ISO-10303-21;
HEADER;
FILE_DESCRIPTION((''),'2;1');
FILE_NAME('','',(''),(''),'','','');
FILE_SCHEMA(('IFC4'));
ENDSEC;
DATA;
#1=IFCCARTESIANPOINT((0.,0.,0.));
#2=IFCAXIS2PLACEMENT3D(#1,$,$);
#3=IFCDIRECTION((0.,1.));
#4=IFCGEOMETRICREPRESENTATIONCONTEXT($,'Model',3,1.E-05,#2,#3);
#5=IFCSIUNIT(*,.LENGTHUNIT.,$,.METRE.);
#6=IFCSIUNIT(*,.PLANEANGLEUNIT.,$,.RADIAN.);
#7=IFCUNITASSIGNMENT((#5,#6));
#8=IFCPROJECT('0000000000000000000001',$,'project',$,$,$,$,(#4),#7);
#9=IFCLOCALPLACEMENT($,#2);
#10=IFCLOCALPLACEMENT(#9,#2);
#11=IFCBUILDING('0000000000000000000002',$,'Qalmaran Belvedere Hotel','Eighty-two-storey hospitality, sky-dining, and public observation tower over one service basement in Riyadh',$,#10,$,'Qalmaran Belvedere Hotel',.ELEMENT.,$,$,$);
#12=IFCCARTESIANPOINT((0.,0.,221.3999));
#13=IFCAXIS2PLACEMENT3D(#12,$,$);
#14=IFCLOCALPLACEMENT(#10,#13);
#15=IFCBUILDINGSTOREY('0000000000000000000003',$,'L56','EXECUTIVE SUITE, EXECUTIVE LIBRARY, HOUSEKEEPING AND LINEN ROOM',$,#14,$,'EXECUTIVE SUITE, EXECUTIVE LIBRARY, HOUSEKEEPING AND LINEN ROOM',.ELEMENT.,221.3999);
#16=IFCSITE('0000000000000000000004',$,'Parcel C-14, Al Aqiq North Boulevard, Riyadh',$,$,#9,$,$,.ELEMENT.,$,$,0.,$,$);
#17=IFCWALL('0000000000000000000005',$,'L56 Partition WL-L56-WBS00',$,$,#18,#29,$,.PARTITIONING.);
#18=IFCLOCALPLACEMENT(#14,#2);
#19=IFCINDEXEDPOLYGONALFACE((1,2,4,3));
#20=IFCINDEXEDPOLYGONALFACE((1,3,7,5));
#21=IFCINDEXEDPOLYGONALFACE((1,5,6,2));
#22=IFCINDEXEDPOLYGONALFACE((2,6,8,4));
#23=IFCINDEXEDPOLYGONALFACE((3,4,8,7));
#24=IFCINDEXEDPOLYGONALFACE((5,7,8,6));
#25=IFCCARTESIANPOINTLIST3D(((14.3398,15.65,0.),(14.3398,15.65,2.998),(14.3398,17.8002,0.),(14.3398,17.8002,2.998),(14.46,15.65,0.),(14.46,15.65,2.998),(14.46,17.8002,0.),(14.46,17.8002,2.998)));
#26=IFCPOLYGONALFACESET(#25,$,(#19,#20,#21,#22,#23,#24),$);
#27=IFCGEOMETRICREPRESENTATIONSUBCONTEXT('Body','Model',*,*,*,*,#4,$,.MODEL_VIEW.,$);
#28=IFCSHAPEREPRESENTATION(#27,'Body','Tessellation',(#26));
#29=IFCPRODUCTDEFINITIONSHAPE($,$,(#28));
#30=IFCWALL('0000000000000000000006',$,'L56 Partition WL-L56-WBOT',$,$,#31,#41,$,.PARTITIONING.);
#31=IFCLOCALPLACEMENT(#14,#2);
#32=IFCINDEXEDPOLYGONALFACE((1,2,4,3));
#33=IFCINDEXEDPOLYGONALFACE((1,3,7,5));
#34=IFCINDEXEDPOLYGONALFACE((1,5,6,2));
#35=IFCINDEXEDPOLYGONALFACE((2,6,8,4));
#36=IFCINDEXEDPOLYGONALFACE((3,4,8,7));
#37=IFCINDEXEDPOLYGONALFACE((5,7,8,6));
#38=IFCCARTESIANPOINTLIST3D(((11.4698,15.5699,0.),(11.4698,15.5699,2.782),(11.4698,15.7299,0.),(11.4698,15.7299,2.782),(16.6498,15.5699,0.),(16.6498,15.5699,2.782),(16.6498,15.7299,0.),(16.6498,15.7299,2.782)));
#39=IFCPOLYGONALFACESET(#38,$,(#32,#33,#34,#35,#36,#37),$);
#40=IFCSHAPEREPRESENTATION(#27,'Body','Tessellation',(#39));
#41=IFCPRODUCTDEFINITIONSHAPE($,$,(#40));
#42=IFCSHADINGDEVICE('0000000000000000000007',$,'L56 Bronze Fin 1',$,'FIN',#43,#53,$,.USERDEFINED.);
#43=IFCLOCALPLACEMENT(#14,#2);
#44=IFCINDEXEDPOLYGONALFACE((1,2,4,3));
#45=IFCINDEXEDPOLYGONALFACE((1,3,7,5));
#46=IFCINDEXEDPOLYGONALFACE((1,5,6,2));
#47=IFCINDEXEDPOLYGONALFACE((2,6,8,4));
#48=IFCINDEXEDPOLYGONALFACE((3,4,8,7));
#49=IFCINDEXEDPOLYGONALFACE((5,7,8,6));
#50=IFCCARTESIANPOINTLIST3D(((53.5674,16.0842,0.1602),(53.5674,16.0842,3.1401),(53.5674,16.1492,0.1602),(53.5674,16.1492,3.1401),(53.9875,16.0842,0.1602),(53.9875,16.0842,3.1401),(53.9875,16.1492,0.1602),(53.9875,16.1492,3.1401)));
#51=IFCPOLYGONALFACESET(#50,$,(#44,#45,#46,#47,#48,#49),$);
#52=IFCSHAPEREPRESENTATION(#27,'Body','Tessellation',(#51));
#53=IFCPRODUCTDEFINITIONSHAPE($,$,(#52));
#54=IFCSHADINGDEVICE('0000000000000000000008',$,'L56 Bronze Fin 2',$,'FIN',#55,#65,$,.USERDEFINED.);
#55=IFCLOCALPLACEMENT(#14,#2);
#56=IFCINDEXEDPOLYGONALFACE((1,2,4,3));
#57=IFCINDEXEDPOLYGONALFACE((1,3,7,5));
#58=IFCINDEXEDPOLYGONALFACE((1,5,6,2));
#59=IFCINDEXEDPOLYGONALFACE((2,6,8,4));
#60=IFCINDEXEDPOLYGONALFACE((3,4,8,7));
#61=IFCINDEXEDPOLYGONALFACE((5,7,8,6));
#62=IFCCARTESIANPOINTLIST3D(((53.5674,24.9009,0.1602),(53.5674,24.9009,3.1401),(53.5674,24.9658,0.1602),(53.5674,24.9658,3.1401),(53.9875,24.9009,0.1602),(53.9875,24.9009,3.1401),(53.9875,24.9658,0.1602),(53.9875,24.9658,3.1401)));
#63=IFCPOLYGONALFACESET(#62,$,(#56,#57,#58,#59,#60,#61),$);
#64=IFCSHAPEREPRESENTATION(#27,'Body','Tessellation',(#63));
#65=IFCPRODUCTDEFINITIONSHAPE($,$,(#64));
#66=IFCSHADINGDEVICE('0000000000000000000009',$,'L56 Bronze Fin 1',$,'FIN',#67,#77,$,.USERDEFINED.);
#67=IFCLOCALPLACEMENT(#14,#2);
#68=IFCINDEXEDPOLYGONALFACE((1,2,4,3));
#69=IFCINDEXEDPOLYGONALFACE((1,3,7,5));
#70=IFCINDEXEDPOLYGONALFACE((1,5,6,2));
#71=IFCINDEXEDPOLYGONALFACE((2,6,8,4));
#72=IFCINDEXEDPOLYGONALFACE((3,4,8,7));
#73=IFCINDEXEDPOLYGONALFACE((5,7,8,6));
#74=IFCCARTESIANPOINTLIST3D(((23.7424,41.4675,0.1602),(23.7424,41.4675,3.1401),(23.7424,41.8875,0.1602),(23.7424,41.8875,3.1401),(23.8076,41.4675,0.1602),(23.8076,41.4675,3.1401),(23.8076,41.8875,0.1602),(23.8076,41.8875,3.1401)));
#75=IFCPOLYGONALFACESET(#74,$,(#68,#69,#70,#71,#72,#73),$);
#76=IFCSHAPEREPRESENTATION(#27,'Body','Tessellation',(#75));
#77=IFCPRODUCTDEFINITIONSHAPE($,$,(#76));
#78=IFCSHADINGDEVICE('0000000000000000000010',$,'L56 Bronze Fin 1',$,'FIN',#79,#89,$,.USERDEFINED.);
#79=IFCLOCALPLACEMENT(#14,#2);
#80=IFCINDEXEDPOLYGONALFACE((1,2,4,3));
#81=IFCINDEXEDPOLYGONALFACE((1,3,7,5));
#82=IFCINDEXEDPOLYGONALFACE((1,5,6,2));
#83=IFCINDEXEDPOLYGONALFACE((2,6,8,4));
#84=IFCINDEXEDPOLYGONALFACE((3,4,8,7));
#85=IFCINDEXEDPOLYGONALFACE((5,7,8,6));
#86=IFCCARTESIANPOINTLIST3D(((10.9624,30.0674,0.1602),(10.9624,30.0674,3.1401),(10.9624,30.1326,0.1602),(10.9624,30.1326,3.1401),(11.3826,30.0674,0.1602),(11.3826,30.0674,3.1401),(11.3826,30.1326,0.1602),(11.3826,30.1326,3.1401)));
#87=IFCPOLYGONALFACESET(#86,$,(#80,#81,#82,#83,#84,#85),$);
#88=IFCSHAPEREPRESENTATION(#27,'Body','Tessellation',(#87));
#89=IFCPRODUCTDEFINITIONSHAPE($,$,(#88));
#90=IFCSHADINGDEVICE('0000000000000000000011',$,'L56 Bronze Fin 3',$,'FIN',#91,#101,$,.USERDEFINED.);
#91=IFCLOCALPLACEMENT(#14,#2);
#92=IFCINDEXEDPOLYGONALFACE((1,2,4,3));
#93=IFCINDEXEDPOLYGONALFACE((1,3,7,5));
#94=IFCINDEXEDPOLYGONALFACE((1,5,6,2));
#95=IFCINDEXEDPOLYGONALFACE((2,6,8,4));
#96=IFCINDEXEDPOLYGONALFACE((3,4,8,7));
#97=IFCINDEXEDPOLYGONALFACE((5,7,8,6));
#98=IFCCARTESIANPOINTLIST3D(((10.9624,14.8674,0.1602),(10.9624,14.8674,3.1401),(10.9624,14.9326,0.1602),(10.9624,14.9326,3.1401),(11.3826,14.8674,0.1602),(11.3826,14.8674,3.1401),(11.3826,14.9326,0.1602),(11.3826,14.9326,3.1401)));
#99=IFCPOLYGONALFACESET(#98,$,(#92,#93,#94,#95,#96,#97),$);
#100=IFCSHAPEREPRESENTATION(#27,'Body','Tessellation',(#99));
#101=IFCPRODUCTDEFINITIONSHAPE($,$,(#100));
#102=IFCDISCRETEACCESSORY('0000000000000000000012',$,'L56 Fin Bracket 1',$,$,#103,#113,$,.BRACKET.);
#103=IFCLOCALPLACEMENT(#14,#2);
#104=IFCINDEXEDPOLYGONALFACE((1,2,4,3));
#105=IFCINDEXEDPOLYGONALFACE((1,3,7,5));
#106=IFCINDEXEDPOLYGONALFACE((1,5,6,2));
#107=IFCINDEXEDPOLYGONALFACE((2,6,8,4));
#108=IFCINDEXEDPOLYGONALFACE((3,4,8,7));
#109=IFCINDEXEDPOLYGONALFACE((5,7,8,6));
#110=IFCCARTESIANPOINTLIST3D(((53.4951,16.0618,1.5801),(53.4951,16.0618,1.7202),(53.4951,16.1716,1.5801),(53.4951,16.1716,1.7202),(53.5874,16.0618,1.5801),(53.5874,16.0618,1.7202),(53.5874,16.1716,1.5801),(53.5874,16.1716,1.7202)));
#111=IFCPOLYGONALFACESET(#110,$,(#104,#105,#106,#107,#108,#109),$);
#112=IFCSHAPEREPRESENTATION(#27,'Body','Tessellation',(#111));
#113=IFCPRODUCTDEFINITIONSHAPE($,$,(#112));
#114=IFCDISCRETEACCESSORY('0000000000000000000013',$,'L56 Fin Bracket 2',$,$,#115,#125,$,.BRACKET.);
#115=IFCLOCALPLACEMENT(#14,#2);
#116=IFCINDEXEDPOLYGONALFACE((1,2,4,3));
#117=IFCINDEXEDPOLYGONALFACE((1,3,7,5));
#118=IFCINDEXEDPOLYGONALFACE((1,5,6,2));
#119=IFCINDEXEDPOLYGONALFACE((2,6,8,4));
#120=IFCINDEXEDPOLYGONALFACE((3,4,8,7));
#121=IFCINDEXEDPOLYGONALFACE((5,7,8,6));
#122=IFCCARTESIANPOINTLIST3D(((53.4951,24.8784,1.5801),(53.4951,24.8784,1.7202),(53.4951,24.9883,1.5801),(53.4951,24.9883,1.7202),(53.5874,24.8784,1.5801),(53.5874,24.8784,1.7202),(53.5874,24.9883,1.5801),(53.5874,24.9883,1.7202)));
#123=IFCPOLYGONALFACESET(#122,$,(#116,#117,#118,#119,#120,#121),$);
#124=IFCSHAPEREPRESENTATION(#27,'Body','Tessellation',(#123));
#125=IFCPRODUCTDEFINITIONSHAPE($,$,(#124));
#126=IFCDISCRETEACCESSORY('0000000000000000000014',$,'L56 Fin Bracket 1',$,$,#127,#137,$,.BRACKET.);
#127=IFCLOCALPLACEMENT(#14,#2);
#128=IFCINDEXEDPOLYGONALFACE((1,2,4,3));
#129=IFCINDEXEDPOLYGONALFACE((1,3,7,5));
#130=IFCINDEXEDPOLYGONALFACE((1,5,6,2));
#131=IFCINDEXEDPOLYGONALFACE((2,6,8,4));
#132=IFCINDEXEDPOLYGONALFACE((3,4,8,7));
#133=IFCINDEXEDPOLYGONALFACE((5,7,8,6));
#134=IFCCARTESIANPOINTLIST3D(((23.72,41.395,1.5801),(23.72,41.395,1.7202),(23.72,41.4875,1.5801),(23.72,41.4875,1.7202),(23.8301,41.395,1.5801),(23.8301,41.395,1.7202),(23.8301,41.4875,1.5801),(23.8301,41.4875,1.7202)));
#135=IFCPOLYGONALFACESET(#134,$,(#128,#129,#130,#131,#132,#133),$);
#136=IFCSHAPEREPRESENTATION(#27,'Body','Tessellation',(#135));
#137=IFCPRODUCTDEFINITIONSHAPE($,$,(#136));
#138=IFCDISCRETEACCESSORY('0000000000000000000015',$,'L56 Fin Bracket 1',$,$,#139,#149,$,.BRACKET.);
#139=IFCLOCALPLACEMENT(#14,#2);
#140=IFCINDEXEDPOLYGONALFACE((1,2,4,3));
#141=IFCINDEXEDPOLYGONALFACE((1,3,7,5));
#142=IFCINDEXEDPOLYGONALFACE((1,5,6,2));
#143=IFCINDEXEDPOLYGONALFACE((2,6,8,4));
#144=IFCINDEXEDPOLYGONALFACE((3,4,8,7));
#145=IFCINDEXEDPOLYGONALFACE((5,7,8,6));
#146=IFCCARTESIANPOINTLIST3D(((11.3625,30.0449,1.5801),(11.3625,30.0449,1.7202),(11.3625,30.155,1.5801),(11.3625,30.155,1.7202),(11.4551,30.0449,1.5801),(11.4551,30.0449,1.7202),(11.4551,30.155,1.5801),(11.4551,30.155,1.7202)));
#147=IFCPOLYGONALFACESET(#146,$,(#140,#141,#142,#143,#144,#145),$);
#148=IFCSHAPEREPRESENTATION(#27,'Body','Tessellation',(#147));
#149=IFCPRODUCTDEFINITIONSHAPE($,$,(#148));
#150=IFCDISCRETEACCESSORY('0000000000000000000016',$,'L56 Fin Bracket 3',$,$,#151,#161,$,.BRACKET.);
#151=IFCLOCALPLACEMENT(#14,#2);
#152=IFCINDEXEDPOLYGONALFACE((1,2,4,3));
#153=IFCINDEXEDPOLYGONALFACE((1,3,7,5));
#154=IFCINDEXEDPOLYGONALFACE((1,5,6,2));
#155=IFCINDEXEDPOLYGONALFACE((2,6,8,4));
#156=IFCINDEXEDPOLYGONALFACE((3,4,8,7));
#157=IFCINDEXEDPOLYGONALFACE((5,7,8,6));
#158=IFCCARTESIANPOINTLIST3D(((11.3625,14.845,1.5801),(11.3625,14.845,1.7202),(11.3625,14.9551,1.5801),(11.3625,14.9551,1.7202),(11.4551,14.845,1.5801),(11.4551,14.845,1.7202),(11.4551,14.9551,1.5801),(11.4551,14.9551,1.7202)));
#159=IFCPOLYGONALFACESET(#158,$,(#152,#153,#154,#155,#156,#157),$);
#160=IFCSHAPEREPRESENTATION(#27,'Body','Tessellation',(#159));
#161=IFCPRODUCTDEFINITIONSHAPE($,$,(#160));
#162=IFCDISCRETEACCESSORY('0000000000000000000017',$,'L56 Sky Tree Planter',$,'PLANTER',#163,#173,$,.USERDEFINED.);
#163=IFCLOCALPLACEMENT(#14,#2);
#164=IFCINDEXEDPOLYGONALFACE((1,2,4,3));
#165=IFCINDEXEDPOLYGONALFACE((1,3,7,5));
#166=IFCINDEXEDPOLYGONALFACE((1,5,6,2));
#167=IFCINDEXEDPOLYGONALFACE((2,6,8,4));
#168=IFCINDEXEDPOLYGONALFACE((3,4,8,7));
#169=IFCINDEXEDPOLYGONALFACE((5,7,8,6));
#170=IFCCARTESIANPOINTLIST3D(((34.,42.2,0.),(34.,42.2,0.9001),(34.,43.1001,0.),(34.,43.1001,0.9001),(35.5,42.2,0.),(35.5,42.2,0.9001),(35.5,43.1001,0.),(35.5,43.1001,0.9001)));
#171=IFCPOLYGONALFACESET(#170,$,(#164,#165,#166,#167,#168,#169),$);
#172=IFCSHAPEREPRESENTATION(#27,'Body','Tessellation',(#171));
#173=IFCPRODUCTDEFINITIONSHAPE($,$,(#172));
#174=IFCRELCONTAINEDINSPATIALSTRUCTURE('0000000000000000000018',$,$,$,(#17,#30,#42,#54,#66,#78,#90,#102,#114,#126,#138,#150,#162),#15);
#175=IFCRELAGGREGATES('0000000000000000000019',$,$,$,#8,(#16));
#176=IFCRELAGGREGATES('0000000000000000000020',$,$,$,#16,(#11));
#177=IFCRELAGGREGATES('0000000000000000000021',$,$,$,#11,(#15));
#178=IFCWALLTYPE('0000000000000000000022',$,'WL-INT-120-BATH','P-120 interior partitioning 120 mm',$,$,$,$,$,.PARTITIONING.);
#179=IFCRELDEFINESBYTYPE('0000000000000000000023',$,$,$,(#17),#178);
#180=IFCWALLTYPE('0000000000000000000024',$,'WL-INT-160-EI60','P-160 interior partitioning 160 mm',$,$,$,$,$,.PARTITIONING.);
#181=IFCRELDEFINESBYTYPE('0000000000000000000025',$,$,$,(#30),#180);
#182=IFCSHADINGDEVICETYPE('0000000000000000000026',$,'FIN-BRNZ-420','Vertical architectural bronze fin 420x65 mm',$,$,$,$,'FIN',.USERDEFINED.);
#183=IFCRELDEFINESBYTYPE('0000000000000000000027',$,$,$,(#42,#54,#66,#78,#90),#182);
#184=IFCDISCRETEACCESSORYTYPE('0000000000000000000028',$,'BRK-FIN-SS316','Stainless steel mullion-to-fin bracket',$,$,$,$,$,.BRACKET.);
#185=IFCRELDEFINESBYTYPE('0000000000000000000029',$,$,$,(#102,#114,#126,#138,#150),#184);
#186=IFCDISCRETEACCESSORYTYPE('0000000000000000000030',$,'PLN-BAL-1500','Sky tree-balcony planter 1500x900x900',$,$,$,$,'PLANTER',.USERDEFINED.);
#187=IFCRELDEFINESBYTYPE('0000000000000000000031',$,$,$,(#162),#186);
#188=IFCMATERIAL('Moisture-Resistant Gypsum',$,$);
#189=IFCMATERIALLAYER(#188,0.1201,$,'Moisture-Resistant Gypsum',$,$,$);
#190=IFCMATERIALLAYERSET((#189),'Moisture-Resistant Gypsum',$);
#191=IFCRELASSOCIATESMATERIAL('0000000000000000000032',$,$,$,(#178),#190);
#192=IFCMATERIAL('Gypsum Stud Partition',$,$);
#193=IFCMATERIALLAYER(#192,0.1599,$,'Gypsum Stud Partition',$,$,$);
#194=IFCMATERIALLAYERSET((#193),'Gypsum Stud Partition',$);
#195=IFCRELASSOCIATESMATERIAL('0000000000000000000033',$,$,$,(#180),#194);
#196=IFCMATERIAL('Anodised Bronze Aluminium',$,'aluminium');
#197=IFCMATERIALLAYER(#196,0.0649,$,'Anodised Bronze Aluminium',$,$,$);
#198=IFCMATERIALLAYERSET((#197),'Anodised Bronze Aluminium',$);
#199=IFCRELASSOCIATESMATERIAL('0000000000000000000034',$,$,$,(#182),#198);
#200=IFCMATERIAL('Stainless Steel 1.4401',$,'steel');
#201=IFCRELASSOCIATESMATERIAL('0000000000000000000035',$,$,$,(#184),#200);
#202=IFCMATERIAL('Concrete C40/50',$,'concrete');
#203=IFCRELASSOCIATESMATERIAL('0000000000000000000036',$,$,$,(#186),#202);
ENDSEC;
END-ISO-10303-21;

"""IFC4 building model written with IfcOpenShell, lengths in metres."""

from ifc_helpers import new_model, si_unit, direction, frame, frame_2d, origin, place, context, subcontext, project, spatial, polyline, rectangle, outline, extrude, material, layer, layer_set, type_object, element, save


model = new_model("IFC4")

# Units and contexts
model_context = context("Model", 3, precision=1e-05, world=origin(), true_north=direction((0.0, 1.0)))
body_context = subcontext(model_context, "Body", "Model", "MODEL_VIEW")
ifc_project = project(units=[si_unit("LENGTHUNIT", "METRE"), si_unit("PLANEANGLEUNIT", "RADIAN")], contexts=[model_context])

# Site, building, storey
site_placement = place(None, origin())
site = spatial("IfcSite", under=ifc_project, at=site_placement, Name="Parcel C-14, Al Aqiq North Boulevard, Riyadh", CompositionType="ELEMENT", RefElevation=0.0)
building_placement = place(site_placement, origin())
building = spatial("IfcBuilding", under=site, at=building_placement, Name="Qalmaran Belvedere Hotel", Description="Eighty-two-storey hospitality, sky-dining, and public observation tower over one service basement in Riyadh", LongName="Qalmaran Belvedere Hotel", CompositionType="ELEMENT")
storey_placement = place(building_placement, frame((0.0, 0.0, 221.3999)))
storey = spatial("IfcBuildingStorey", under=building, at=storey_placement, Name="L56", Description="EXECUTIVE SUITE, EXECUTIVE LIBRARY, HOUSEKEEPING AND LINEN ROOM", LongName="EXECUTIVE SUITE, EXECUTIVE LIBRARY, HOUSEKEEPING AND LINEN ROOM", CompositionType="ELEMENT", Elevation=221.3999)

# Shared definitions
ifc_material_1 = material(Name="Anodised Bronze Aluminium", Category="aluminium")

# Shared definitions
ifc_material_2 = material(Name="Concrete C40/50", Category="concrete")

# Walls
ifc_material_3 = material(Name="Moisture-Resistant Gypsum")
ifc_layer_1 = layer(ifc_material_3, 0.1201, Name="Moisture-Resistant Gypsum")
ifc_layer_set_1 = layer_set([ifc_layer_1], Name="Moisture-Resistant Gypsum")
wall_type_1 = type_object("IfcWallType", Name="WL-INT-120-BATH", Description="P-120 interior partitioning 120 mm", PredefinedType="PARTITIONING", material=ifc_layer_set_1)
wall_1_placement = place(storey_placement, frame((14.3999, 15.6499, 0.0), z_axis=(0.0, 0.0, 1.0), x_axis=(0.0, 1.0, 0.0)))
element("IfcWall", 1, at=wall_1_placement, inside=storey, type_object=wall_type_1, Name="L56 Partition WL-L56-WBS00", PredefinedType="PARTITIONING", context=body_context, shape_type="SweptSolid", body=[
    extrude(rectangle(XDim=2.1501, YDim=0.1201, at=frame_2d((1.0752, 0.0))), origin(), (0.0, 0.0, 1.0), 2.998),
])
ifc_material_4 = material(Name="Gypsum Stud Partition")
ifc_layer_2 = layer(ifc_material_4, 0.1599, Name="Gypsum Stud Partition")
ifc_layer_set_2 = layer_set([ifc_layer_2], Name="Gypsum Stud Partition")
wall_type_2 = type_object("IfcWallType", Name="WL-INT-160-EI60", Description="P-160 interior partitioning 160 mm", PredefinedType="PARTITIONING", material=ifc_layer_set_2)
wall_2_placement = place(storey_placement, frame((11.47, 15.6499, 0.0), z_axis=(0.0, 0.0, 1.0), x_axis=(1.0, 0.0, 0.0)))
element("IfcWall", 2, at=wall_2_placement, inside=storey, type_object=wall_type_2, Name="L56 Partition WL-L56-WBOT", PredefinedType="PARTITIONING", context=body_context, shape_type="SweptSolid", body=[
    extrude(rectangle(XDim=5.1799, YDim=0.1599, at=frame_2d((2.5898, 0.0))), origin(), (0.0, 0.0, 1.0), 2.782),
])

# Shading devices
ifc_layer_3 = layer(ifc_material_1, 0.0649, Name="Anodised Bronze Aluminium")
ifc_layer_set_3 = layer_set([ifc_layer_3], Name="Anodised Bronze Aluminium")
shading_device_type = type_object("IfcShadingDeviceType", Name="FIN-BRNZ-420", Description="Vertical architectural bronze fin 420x65 mm", ElementType="FIN", PredefinedType="USERDEFINED", material=ifc_layer_set_3)
shading_device_1_placement = place(storey_placement, frame((0.0, 0.0, 0.1602)))
element("IfcShadingDevice", 3, at=shading_device_1_placement, inside=storey, type_object=shading_device_type, Name="L56 Bronze Fin 1", ObjectType="FIN", PredefinedType="USERDEFINED", context=body_context, shape_type="SweptSolid", body=[
    extrude(outline(polyline([(53.5674, 16.0842), (53.9875, 16.0842), (53.9875, 16.1492), (53.5674, 16.1492), (53.5674, 16.0842)])), origin(), (0.0, 0.0, 1.0), 2.98),
])
shading_device_2_placement = place(storey_placement, frame((0.0, 0.0, 0.1602)))
element("IfcShadingDevice", 4, at=shading_device_2_placement, inside=storey, type_object=shading_device_type, Name="L56 Bronze Fin 2", ObjectType="FIN", PredefinedType="USERDEFINED", context=body_context, shape_type="SweptSolid", body=[
    extrude(outline(polyline([(53.5674, 24.9009), (53.9875, 24.9009), (53.9875, 24.9658), (53.5674, 24.9658), (53.5674, 24.9009)])), origin(), (0.0, 0.0, 1.0), 2.98),
])
shading_device_3_placement = place(storey_placement, frame((0.0, 0.0, 0.1602)))
element("IfcShadingDevice", 5, at=shading_device_3_placement, inside=storey, type_object=shading_device_type, Name="L56 Bronze Fin 1", ObjectType="FIN", PredefinedType="USERDEFINED", context=body_context, shape_type="SweptSolid", body=[
    extrude(outline(polyline([(23.8076, 41.4675), (23.8076, 41.8875), (23.7424, 41.8875), (23.7424, 41.4675), (23.8076, 41.4675)])), origin(), (0.0, 0.0, 1.0), 2.98),
])
shading_device_4_placement = place(storey_placement, frame((0.0, 0.0, 0.1602)))
element("IfcShadingDevice", 6, at=shading_device_4_placement, inside=storey, type_object=shading_device_type, Name="L56 Bronze Fin 1", ObjectType="FIN", PredefinedType="USERDEFINED", context=body_context, shape_type="SweptSolid", body=[
    extrude(outline(polyline([(11.3826, 30.1326), (10.9624, 30.1326), (10.9624, 30.0674), (11.3826, 30.0674), (11.3826, 30.1326)])), origin(), (0.0, 0.0, 1.0), 2.98),
])
shading_device_5_placement = place(storey_placement, frame((0.0, 0.0, 0.1602)))
element("IfcShadingDevice", 7, at=shading_device_5_placement, inside=storey, type_object=shading_device_type, Name="L56 Bronze Fin 3", ObjectType="FIN", PredefinedType="USERDEFINED", context=body_context, shape_type="SweptSolid", body=[
    extrude(outline(polyline([(11.3826, 14.9326), (10.9624, 14.9326), (10.9624, 14.8674), (11.3826, 14.8674), (11.3826, 14.9326)])), origin(), (0.0, 0.0, 1.0), 2.98),
])

# Discrete accessories
ifc_material_5 = material(Name="Stainless Steel 1.4401", Category="steel")
discrete_accessory_type_1 = type_object("IfcDiscreteAccessoryType", Name="BRK-FIN-SS316", Description="Stainless steel mullion-to-fin bracket", PredefinedType="BRACKET", material=ifc_material_5)
discrete_accessory_1_placement = place(storey_placement, frame((0.0, 0.0, 1.5801)))
element("IfcDiscreteAccessory", 8, at=discrete_accessory_1_placement, inside=storey, type_object=discrete_accessory_type_1, Name="L56 Fin Bracket 1", PredefinedType="BRACKET", context=body_context, shape_type="SweptSolid", body=[
    extrude(outline(polyline([(53.4951, 16.0618), (53.5874, 16.0618), (53.5874, 16.1716), (53.4951, 16.1716), (53.4951, 16.0618)])), origin(), (0.0, 0.0, 1.0), 0.1401),
])
discrete_accessory_2_placement = place(storey_placement, frame((0.0, 0.0, 1.5801)))
element("IfcDiscreteAccessory", 9, at=discrete_accessory_2_placement, inside=storey, type_object=discrete_accessory_type_1, Name="L56 Fin Bracket 2", PredefinedType="BRACKET", context=body_context, shape_type="SweptSolid", body=[
    extrude(outline(polyline([(53.4951, 24.8784), (53.5874, 24.8784), (53.5874, 24.9883), (53.4951, 24.9883), (53.4951, 24.8784)])), origin(), (0.0, 0.0, 1.0), 0.1401),
])
discrete_accessory_3_placement = place(storey_placement, frame((0.0, 0.0, 1.5801)))
element("IfcDiscreteAccessory", 10, at=discrete_accessory_3_placement, inside=storey, type_object=discrete_accessory_type_1, Name="L56 Fin Bracket 1", PredefinedType="BRACKET", context=body_context, shape_type="SweptSolid", body=[
    extrude(outline(polyline([(23.8301, 41.395), (23.8301, 41.4875), (23.72, 41.4875), (23.72, 41.395), (23.8301, 41.395)])), origin(), (0.0, 0.0, 1.0), 0.1401),
])
discrete_accessory_4_placement = place(storey_placement, frame((0.0, 0.0, 1.5801)))
element("IfcDiscreteAccessory", 11, at=discrete_accessory_4_placement, inside=storey, type_object=discrete_accessory_type_1, Name="L56 Fin Bracket 1", PredefinedType="BRACKET", context=body_context, shape_type="SweptSolid", body=[
    extrude(outline(polyline([(11.4551, 30.155), (11.3625, 30.155), (11.3625, 30.0449), (11.4551, 30.0449), (11.4551, 30.155)])), origin(), (0.0, 0.0, 1.0), 0.1401),
])
discrete_accessory_5_placement = place(storey_placement, frame((0.0, 0.0, 1.5801)))
element("IfcDiscreteAccessory", 12, at=discrete_accessory_5_placement, inside=storey, type_object=discrete_accessory_type_1, Name="L56 Fin Bracket 3", PredefinedType="BRACKET", context=body_context, shape_type="SweptSolid", body=[
    extrude(outline(polyline([(11.4551, 14.9551), (11.3625, 14.9551), (11.3625, 14.845), (11.4551, 14.845), (11.4551, 14.9551)])), origin(), (0.0, 0.0, 1.0), 0.1401),
])
discrete_accessory_type_2 = type_object("IfcDiscreteAccessoryType", Name="PLN-BAL-1500", Description="Sky tree-balcony planter 1500x900x900", ElementType="PLANTER", PredefinedType="USERDEFINED", material=ifc_material_2)
discrete_accessory_6_placement = place(storey_placement, origin())
element("IfcDiscreteAccessory", 13, at=discrete_accessory_6_placement, inside=storey, type_object=discrete_accessory_type_2, Name="L56 Sky Tree Planter", ObjectType="PLANTER", PredefinedType="USERDEFINED", context=body_context, shape_type="SweptSolid", body=[
    extrude(outline(polyline([(34.0, 42.2), (35.5, 42.2), (35.5, 43.1001), (34.0, 43.1001), (34.0, 42.2)])), origin(), (0.0, 0.0, 1.0), 0.9001),
])

save(model, "model.ifc")
